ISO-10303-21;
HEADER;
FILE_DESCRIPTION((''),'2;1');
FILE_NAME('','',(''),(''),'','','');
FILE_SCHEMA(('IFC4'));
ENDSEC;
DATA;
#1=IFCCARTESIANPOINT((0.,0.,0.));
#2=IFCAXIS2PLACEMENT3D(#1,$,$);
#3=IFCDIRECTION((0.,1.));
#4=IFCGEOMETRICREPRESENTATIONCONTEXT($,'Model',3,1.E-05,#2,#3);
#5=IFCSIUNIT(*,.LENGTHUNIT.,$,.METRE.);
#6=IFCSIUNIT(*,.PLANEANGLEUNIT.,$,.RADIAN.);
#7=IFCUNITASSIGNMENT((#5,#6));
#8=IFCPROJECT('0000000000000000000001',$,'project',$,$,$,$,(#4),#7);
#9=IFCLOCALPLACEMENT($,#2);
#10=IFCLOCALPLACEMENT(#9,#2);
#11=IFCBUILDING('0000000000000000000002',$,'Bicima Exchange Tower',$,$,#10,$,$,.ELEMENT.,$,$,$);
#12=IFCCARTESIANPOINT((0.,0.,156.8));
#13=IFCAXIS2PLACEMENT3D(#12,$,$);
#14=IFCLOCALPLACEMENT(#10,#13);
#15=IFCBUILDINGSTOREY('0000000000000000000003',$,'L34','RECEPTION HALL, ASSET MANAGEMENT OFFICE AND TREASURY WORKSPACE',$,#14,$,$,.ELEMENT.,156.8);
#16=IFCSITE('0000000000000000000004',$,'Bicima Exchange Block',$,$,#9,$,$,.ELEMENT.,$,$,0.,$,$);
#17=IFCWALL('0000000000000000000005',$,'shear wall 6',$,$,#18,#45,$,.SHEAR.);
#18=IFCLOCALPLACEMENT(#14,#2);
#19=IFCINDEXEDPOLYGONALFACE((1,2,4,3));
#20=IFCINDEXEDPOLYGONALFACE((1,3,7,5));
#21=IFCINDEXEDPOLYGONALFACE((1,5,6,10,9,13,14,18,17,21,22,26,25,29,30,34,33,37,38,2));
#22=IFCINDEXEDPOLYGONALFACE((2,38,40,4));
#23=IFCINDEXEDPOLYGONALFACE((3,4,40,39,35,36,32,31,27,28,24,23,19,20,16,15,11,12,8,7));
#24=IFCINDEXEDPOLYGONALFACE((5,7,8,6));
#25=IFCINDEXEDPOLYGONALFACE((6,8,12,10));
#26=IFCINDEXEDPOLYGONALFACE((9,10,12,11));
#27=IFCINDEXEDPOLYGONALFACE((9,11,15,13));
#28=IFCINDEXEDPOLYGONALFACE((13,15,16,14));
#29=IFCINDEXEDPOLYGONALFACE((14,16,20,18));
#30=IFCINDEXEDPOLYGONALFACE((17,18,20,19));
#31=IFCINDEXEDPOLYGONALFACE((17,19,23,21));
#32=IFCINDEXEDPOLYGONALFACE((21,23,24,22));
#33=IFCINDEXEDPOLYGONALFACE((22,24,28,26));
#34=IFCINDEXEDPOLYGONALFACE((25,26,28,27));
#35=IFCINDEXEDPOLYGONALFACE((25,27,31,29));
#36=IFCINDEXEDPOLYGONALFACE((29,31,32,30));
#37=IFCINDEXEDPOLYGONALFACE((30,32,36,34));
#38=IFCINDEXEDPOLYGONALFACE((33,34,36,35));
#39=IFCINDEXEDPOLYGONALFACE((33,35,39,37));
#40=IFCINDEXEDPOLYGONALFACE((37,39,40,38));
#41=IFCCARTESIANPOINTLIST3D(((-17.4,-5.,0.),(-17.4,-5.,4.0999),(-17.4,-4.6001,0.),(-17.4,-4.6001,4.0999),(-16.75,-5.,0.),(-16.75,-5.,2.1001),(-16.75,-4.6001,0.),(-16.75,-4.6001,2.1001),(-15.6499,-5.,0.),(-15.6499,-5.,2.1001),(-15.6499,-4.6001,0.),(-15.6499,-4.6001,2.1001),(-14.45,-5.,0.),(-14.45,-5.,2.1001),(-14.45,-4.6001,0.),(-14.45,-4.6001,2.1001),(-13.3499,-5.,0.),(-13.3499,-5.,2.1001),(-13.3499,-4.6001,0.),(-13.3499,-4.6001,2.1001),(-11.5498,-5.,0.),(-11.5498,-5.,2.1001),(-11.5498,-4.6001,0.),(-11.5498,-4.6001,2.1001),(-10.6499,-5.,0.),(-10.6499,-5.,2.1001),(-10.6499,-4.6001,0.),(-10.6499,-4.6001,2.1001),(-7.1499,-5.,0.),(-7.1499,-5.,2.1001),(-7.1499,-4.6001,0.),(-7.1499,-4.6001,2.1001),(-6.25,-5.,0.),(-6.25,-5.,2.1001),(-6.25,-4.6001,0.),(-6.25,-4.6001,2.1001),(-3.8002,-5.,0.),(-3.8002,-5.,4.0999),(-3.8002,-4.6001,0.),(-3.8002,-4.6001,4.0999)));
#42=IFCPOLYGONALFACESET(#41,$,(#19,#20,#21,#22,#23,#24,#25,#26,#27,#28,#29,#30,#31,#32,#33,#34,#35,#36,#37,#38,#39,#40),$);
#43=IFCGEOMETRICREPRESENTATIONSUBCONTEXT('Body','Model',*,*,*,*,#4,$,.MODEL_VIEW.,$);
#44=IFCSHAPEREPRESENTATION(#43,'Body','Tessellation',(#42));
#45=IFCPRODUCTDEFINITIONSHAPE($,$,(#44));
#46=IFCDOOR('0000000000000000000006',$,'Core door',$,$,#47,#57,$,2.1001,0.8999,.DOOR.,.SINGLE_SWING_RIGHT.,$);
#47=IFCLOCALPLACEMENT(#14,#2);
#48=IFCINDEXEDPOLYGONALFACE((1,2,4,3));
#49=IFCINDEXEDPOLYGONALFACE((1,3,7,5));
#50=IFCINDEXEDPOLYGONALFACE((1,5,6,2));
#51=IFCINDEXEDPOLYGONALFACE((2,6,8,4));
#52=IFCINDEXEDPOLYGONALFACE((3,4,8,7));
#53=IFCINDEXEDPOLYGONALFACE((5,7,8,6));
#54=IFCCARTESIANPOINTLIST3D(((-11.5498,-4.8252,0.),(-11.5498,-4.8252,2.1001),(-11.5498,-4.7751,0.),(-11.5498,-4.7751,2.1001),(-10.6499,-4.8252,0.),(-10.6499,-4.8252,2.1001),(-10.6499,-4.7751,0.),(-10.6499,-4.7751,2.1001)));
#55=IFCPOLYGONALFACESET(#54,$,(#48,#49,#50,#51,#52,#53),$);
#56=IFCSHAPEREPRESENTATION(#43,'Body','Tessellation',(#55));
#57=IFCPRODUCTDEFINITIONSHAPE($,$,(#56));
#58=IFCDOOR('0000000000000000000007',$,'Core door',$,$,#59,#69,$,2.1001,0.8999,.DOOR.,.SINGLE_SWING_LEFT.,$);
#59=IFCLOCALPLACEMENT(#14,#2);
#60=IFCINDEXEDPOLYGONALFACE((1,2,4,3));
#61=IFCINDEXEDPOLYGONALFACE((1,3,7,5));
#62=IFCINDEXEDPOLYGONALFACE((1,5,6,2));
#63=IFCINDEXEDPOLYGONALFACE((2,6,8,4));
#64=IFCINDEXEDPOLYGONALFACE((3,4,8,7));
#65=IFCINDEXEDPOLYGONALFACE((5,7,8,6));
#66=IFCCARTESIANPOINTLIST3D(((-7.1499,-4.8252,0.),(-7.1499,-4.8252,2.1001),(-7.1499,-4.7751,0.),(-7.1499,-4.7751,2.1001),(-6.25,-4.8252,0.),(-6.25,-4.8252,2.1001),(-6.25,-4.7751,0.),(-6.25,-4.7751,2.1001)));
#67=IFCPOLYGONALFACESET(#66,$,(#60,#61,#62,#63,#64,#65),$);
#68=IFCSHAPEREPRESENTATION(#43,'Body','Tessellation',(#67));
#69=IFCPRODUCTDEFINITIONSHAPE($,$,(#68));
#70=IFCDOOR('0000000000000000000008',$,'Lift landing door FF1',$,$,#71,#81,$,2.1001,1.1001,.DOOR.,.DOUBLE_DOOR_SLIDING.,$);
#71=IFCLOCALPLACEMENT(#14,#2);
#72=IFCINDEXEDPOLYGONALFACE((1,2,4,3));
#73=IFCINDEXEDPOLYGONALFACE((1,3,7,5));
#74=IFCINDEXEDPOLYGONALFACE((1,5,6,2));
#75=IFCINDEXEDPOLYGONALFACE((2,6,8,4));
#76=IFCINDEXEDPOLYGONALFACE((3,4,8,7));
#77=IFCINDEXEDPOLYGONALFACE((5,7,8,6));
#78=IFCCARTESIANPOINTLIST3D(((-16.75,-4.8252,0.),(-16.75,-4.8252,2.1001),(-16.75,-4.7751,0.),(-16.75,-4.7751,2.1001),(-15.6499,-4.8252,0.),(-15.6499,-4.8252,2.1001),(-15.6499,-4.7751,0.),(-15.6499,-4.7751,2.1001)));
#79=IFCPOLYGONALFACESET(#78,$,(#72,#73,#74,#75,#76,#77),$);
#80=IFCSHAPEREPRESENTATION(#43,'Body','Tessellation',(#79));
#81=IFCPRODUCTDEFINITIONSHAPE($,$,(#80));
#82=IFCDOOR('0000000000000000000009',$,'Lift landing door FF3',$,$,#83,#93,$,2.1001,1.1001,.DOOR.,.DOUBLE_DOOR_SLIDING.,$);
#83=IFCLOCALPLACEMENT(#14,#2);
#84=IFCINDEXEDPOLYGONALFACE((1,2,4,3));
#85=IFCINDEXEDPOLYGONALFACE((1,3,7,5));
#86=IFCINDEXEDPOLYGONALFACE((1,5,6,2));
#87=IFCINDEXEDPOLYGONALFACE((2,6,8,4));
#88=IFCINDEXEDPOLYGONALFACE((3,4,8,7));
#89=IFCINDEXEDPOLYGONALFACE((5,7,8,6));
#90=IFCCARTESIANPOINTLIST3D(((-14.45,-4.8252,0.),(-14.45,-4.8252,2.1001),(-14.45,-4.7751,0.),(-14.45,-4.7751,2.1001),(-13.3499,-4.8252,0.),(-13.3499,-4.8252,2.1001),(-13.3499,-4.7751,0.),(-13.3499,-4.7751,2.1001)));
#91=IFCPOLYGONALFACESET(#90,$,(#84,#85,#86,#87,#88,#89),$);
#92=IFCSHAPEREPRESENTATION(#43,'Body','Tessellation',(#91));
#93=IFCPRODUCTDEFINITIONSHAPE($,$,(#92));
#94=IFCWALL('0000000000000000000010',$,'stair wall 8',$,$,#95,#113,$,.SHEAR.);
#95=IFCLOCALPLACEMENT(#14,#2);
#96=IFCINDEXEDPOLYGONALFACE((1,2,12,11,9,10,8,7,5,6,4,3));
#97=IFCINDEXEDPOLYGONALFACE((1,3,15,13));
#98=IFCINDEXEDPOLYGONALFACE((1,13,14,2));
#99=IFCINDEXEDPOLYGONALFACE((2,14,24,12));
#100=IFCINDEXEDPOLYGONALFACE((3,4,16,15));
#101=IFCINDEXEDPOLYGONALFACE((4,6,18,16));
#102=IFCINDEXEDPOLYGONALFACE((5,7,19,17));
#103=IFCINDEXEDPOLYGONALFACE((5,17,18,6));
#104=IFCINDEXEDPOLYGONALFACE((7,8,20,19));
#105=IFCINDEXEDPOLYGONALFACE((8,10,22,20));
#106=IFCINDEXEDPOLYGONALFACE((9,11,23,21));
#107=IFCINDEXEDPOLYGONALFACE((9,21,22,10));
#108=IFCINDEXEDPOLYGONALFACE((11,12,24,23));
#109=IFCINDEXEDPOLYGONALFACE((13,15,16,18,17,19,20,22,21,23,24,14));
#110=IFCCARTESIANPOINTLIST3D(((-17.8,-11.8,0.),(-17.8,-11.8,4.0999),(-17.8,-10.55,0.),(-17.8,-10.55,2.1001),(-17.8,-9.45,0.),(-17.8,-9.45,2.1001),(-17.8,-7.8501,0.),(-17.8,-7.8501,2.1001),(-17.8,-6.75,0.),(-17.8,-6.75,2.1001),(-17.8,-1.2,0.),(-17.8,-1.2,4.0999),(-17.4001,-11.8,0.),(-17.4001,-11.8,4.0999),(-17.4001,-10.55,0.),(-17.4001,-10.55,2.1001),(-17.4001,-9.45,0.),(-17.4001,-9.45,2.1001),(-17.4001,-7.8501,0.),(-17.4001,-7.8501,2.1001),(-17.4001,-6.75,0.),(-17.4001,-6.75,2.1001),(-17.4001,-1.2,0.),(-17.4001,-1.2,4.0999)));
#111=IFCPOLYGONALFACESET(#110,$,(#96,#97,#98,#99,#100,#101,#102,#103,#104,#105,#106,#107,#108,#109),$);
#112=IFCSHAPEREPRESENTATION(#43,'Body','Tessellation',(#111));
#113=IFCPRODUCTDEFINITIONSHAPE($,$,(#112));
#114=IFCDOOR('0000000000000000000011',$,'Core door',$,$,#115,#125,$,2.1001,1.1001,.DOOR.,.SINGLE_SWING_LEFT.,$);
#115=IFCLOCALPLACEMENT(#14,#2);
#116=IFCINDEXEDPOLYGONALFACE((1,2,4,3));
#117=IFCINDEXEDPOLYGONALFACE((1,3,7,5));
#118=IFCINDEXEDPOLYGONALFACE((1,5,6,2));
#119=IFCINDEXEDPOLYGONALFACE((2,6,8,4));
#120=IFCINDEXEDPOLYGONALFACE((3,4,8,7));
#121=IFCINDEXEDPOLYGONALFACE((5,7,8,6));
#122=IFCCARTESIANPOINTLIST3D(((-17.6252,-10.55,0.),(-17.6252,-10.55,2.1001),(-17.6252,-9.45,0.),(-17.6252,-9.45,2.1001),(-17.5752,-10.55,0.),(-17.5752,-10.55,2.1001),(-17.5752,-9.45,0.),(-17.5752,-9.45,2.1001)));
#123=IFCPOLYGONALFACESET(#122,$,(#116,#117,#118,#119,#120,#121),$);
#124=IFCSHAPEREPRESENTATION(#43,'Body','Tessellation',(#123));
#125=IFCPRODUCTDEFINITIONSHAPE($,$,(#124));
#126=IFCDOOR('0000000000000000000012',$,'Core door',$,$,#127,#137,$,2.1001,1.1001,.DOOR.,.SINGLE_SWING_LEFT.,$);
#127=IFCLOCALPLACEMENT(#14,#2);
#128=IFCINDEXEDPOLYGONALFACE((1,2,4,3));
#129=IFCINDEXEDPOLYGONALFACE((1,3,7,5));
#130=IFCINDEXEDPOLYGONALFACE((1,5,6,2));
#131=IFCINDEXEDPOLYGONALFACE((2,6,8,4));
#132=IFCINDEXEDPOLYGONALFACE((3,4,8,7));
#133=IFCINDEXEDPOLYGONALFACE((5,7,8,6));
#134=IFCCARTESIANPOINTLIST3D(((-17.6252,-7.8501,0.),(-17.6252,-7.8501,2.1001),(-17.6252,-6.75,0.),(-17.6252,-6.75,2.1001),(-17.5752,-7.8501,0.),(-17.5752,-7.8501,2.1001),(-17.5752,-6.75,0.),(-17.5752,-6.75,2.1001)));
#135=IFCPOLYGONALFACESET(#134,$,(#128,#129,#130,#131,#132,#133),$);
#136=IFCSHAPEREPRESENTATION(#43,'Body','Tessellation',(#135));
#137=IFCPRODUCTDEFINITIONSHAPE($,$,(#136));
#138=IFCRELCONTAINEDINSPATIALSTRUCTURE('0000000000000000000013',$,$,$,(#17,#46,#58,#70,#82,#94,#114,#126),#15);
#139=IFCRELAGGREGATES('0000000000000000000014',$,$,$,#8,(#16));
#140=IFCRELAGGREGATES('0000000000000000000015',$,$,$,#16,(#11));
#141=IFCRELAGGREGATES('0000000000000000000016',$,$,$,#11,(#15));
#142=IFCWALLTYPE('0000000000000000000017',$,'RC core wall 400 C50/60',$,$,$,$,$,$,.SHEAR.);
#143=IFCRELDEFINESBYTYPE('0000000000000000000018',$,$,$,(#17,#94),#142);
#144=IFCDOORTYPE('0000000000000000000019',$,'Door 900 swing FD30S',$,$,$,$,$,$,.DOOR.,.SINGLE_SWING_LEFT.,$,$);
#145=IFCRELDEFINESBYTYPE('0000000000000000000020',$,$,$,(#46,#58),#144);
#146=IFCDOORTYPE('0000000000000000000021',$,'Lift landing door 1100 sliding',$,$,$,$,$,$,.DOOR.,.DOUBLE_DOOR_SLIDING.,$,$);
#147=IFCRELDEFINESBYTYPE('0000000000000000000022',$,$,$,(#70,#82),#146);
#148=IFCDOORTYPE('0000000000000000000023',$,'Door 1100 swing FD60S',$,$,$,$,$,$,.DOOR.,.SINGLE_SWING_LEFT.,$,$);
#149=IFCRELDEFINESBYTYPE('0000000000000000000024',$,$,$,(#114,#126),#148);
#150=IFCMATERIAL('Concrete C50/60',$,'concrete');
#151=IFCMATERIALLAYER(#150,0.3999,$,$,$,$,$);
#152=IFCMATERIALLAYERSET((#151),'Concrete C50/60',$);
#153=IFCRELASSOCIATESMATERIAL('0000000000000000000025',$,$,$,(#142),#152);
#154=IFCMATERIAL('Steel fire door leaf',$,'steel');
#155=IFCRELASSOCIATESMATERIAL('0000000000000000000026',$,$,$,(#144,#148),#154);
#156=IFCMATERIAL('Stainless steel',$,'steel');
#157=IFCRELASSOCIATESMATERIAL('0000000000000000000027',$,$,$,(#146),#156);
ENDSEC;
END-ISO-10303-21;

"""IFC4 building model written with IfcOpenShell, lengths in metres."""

from ifc_helpers import new_model, si_unit, direction, frame, frame_2d, origin, place, context, subcontext, project, spatial, rectangle, extrude, material, layer, layer_set, type_object, element, fill, save


model = new_model("IFC4")

# Units and contexts
model_context = context("Model", 3, precision=1e-05, world=origin(), true_north=direction((0.0, 1.0)))
body_context = subcontext(model_context, "Body", "Model", "MODEL_VIEW")
ifc_project = project(units=[si_unit("LENGTHUNIT", "METRE"), si_unit("PLANEANGLEUNIT", "RADIAN")], contexts=[model_context])

# Site, building, storey
site_placement = place(None, origin())
site = spatial("IfcSite", under=ifc_project, at=site_placement, Name="Bicima Exchange Block", CompositionType="ELEMENT", RefElevation=0.0)
building_placement = place(site_placement, origin())
building = spatial("IfcBuilding", under=site, at=building_placement, Name="Bicima Exchange Tower", CompositionType="ELEMENT")
storey_placement = place(building_placement, frame((0.0, 0.0, 156.8)))
storey = spatial("IfcBuildingStorey", under=building, at=storey_placement, Name="L34", Description="RECEPTION HALL, ASSET MANAGEMENT OFFICE AND TREASURY WORKSPACE", CompositionType="ELEMENT", Elevation=156.8)

# Walls, openings, doors
ifc_material_1 = material(Name="Concrete C50/60", Category="concrete")
ifc_layer_1 = layer(ifc_material_1, 0.3999)
ifc_layer_set_1 = layer_set([ifc_layer_1], Name="Concrete C50/60")
wall_type_1 = type_object("IfcWallType", Name="RC core wall 400 C50/60", PredefinedType="SHEAR", material=ifc_layer_set_1)
ifc_material_2 = material(Name="Steel fire door leaf", Category="steel")
door_type_1 = type_object("IfcDoorType", Name="Door 900 swing FD30S", OperationType="SINGLE_SWING_LEFT", PredefinedType="DOOR", material=ifc_material_2)
ifc_material_3 = material(Name="Stainless steel", Category="steel")
wall_1_placement = place(storey_placement, frame((-17.3999, -4.8, 0.0), z_axis=(0.0, 0.0, 1.0), x_axis=(1.0, 0.0, 0.0)))
wall_1 = element("IfcWall", 1, at=wall_1_placement, inside=storey, type_object=wall_type_1, Name="shear wall 6", PredefinedType="SHEAR", context=body_context, shape_type="SweptSolid", body=[
    extrude(rectangle(XDim=13.5999, YDim=0.3999, at=frame_2d((6.7998, 0.0))), origin(), (0.0, 0.0, 1.0), 4.0999),
])
opening_1_placement = place(wall_1_placement, frame((0.6499, 0.0, 0.0)))
opening_1 = element("IfcOpeningElement", 2, at=opening_1_placement, cuts=wall_1, PredefinedType="OPENING", context=body_context, shape_type="SweptSolid", body=[
    extrude(rectangle(XDim=1.1001, YDim=2.1001, at=frame_2d((0.55, 1.05))), frame((0.0, 0.2119, 0.0), z_axis=(0.0, -1.0, 0.0), x_axis=(1.0, 0.0, 0.0)), (0.0, 0.0, 1.0), 0.4238),
])
opening_2_placement = place(wall_1_placement, frame((2.95, 0.0, 0.0)))
opening_2 = element("IfcOpeningElement", 3, at=opening_2_placement, cuts=wall_1, PredefinedType="OPENING", context=body_context, shape_type="SweptSolid", body=[
    extrude(rectangle(XDim=1.1001, YDim=2.1001, at=frame_2d((0.55, 1.05))), frame((0.0, 0.2119, 0.0), z_axis=(0.0, -1.0, 0.0), x_axis=(1.0, 0.0, 0.0)), (0.0, 0.0, 1.0), 0.4238),
])
opening_3_placement = place(wall_1_placement, frame((5.8501, 0.0, 0.0)))
opening_3 = element("IfcOpeningElement", 4, at=opening_3_placement, cuts=wall_1, PredefinedType="OPENING", context=body_context, shape_type="SweptSolid", body=[
    extrude(rectangle(XDim=0.8999, YDim=2.1001, at=frame_2d((0.45, 1.05))), frame((0.0, 0.2119, 0.0), z_axis=(0.0, -1.0, 0.0), x_axis=(1.0, 0.0, 0.0)), (0.0, 0.0, 1.0), 0.4238),
])
opening_4_placement = place(wall_1_placement, frame((10.25, 0.0, 0.0)))
opening_4 = element("IfcOpeningElement", 5, at=opening_4_placement, cuts=wall_1, PredefinedType="OPENING", context=body_context, shape_type="SweptSolid", body=[
    extrude(rectangle(XDim=0.8999, YDim=2.1001, at=frame_2d((0.45, 1.05))), frame((0.0, 0.2119, 0.0), z_axis=(0.0, -1.0, 0.0), x_axis=(1.0, 0.0, 0.0)), (0.0, 0.0, 1.0), 0.4238),
])
door_1_placement = place(opening_3_placement, origin())
door_1 = element("IfcDoor", 6, at=door_1_placement, inside=storey, type_object=door_type_1, Name="Core door", OperationType="SINGLE_SWING_RIGHT", OverallHeight=2.1001, OverallWidth=0.8999, PredefinedType="DOOR", context=body_context, shape_type="SweptSolid", body=[
    extrude(rectangle(XDim=0.8999, YDim=2.1001, at=frame_2d((0.45, 1.05))), frame((0.0, 0.0249, 0.0), z_axis=(0.0, -1.0, 0.0), x_axis=(1.0, 0.0, 0.0)), (0.0, 0.0, 1.0), 0.05),
])
fill(opening_3, door_1)
door_2_placement = place(opening_4_placement, origin())
door_2 = element("IfcDoor", 7, at=door_2_placement, inside=storey, type_object=door_type_1, Name="Core door", OperationType="SINGLE_SWING_LEFT", OverallHeight=2.1001, OverallWidth=0.8999, PredefinedType="DOOR", context=body_context, shape_type="SweptSolid", body=[
    extrude(rectangle(XDim=0.8999, YDim=2.1001, at=frame_2d((0.45, 1.05))), frame((0.0, 0.0249, 0.0), z_axis=(0.0, -1.0, 0.0), x_axis=(1.0, 0.0, 0.0)), (0.0, 0.0, 1.0), 0.05),
])
fill(opening_4, door_2)
door_type_2 = type_object("IfcDoorType", Name="Lift landing door 1100 sliding", OperationType="DOUBLE_DOOR_SLIDING", PredefinedType="DOOR", material=ifc_material_3)
door_3_placement = place(opening_1_placement, origin())
door_3 = element("IfcDoor", 8, at=door_3_placement, inside=storey, type_object=door_type_2, Name="Lift landing door FF1", OperationType="DOUBLE_DOOR_SLIDING", OverallHeight=2.1001, OverallWidth=1.1001, PredefinedType="DOOR", context=body_context, shape_type="SweptSolid", body=[
    extrude(rectangle(XDim=1.1001, YDim=2.1001, at=frame_2d((0.55, 1.05))), frame((0.0, 0.0249, 0.0), z_axis=(0.0, -1.0, 0.0), x_axis=(1.0, 0.0, 0.0)), (0.0, 0.0, 1.0), 0.05),
])
fill(opening_1, door_3)
door_4_placement = place(opening_2_placement, origin())
door_4 = element("IfcDoor", 9, at=door_4_placement, inside=storey, type_object=door_type_2, Name="Lift landing door FF3", OperationType="DOUBLE_DOOR_SLIDING", OverallHeight=2.1001, OverallWidth=1.1001, PredefinedType="DOOR", context=body_context, shape_type="SweptSolid", body=[
    extrude(rectangle(XDim=1.1001, YDim=2.1001, at=frame_2d((0.55, 1.05))), frame((0.0, 0.0249, 0.0), z_axis=(0.0, -1.0, 0.0), x_axis=(1.0, 0.0, 0.0)), (0.0, 0.0, 1.0), 0.05),
])
fill(opening_2, door_4)
wall_2_placement = place(storey_placement, frame((-17.6001, -11.8, 0.0), z_axis=(0.0, 0.0, 1.0), x_axis=(0.0, 1.0, 0.0)))
wall_2 = element("IfcWall", 10, at=wall_2_placement, inside=storey, type_object=wall_type_1, Name="stair wall 8", PredefinedType="SHEAR", context=body_context, shape_type="SweptSolid", body=[
    extrude(rectangle(XDim=10.6001, YDim=0.3999, at=frame_2d((5.3, 0.0))), origin(), (0.0, 0.0, 1.0), 4.0999),
])
opening_5_placement = place(wall_2_placement, frame((1.25, 0.0, 0.0)))
opening_5 = element("IfcOpeningElement", 11, at=opening_5_placement, cuts=wall_2, PredefinedType="OPENING", context=body_context, shape_type="SweptSolid", body=[
    extrude(rectangle(XDim=1.1001, YDim=2.1001, at=frame_2d((0.55, 1.05))), frame((0.0, 0.2119, 0.0), z_axis=(0.0, -1.0, 0.0), x_axis=(1.0, 0.0, 0.0)), (0.0, 0.0, 1.0), 0.4238),
])
opening_6_placement = place(wall_2_placement, frame((3.95, 0.0, 0.0)))
opening_6 = element("IfcOpeningElement", 12, at=opening_6_placement, cuts=wall_2, PredefinedType="OPENING", context=body_context, shape_type="SweptSolid", body=[
    extrude(rectangle(XDim=1.1001, YDim=2.1001, at=frame_2d((0.55, 1.05))), frame((0.0, 0.2119, 0.0), z_axis=(0.0, -1.0, 0.0), x_axis=(1.0, 0.0, 0.0)), (0.0, 0.0, 1.0), 0.4238),
])
door_type_3 = type_object("IfcDoorType", Name="Door 1100 swing FD60S", OperationType="SINGLE_SWING_LEFT", PredefinedType="DOOR", material=ifc_material_2)
door_5_placement = place(opening_5_placement, frame((1.1001, 0.0, 0.0), z_axis=(0.0, 0.0, 1.0), x_axis=(-1.0, 0.0, 0.0)))
door_5 = element("IfcDoor", 13, at=door_5_placement, inside=storey, type_object=door_type_3, Name="Core door", OperationType="SINGLE_SWING_LEFT", OverallHeight=2.1001, OverallWidth=1.1001, PredefinedType="DOOR", context=body_context, shape_type="SweptSolid", body=[
    extrude(rectangle(XDim=1.1001, YDim=2.1001, at=frame_2d((0.55, 1.05))), frame((0.0, 0.0249, 0.0), z_axis=(0.0, -1.0, 0.0), x_axis=(1.0, 0.0, 0.0)), (0.0, 0.0, 1.0), 0.05),
])
fill(opening_5, door_5)
door_6_placement = place(opening_6_placement, frame((1.1001, 0.0, 0.0), z_axis=(0.0, 0.0, 1.0), x_axis=(-1.0, 0.0, 0.0)))
door_6 = element("IfcDoor", 14, at=door_6_placement, inside=storey, type_object=door_type_3, Name="Core door", OperationType="SINGLE_SWING_LEFT", OverallHeight=2.1001, OverallWidth=1.1001, PredefinedType="DOOR", context=body_context, shape_type="SweptSolid", body=[
    extrude(rectangle(XDim=1.1001, YDim=2.1001, at=frame_2d((0.55, 1.05))), frame((0.0, 0.0249, 0.0), z_axis=(0.0, -1.0, 0.0), x_axis=(1.0, 0.0, 0.0)), (0.0, 0.0, 1.0), 0.05),
])
fill(opening_6, door_6)

save(model, "model.ifc")
